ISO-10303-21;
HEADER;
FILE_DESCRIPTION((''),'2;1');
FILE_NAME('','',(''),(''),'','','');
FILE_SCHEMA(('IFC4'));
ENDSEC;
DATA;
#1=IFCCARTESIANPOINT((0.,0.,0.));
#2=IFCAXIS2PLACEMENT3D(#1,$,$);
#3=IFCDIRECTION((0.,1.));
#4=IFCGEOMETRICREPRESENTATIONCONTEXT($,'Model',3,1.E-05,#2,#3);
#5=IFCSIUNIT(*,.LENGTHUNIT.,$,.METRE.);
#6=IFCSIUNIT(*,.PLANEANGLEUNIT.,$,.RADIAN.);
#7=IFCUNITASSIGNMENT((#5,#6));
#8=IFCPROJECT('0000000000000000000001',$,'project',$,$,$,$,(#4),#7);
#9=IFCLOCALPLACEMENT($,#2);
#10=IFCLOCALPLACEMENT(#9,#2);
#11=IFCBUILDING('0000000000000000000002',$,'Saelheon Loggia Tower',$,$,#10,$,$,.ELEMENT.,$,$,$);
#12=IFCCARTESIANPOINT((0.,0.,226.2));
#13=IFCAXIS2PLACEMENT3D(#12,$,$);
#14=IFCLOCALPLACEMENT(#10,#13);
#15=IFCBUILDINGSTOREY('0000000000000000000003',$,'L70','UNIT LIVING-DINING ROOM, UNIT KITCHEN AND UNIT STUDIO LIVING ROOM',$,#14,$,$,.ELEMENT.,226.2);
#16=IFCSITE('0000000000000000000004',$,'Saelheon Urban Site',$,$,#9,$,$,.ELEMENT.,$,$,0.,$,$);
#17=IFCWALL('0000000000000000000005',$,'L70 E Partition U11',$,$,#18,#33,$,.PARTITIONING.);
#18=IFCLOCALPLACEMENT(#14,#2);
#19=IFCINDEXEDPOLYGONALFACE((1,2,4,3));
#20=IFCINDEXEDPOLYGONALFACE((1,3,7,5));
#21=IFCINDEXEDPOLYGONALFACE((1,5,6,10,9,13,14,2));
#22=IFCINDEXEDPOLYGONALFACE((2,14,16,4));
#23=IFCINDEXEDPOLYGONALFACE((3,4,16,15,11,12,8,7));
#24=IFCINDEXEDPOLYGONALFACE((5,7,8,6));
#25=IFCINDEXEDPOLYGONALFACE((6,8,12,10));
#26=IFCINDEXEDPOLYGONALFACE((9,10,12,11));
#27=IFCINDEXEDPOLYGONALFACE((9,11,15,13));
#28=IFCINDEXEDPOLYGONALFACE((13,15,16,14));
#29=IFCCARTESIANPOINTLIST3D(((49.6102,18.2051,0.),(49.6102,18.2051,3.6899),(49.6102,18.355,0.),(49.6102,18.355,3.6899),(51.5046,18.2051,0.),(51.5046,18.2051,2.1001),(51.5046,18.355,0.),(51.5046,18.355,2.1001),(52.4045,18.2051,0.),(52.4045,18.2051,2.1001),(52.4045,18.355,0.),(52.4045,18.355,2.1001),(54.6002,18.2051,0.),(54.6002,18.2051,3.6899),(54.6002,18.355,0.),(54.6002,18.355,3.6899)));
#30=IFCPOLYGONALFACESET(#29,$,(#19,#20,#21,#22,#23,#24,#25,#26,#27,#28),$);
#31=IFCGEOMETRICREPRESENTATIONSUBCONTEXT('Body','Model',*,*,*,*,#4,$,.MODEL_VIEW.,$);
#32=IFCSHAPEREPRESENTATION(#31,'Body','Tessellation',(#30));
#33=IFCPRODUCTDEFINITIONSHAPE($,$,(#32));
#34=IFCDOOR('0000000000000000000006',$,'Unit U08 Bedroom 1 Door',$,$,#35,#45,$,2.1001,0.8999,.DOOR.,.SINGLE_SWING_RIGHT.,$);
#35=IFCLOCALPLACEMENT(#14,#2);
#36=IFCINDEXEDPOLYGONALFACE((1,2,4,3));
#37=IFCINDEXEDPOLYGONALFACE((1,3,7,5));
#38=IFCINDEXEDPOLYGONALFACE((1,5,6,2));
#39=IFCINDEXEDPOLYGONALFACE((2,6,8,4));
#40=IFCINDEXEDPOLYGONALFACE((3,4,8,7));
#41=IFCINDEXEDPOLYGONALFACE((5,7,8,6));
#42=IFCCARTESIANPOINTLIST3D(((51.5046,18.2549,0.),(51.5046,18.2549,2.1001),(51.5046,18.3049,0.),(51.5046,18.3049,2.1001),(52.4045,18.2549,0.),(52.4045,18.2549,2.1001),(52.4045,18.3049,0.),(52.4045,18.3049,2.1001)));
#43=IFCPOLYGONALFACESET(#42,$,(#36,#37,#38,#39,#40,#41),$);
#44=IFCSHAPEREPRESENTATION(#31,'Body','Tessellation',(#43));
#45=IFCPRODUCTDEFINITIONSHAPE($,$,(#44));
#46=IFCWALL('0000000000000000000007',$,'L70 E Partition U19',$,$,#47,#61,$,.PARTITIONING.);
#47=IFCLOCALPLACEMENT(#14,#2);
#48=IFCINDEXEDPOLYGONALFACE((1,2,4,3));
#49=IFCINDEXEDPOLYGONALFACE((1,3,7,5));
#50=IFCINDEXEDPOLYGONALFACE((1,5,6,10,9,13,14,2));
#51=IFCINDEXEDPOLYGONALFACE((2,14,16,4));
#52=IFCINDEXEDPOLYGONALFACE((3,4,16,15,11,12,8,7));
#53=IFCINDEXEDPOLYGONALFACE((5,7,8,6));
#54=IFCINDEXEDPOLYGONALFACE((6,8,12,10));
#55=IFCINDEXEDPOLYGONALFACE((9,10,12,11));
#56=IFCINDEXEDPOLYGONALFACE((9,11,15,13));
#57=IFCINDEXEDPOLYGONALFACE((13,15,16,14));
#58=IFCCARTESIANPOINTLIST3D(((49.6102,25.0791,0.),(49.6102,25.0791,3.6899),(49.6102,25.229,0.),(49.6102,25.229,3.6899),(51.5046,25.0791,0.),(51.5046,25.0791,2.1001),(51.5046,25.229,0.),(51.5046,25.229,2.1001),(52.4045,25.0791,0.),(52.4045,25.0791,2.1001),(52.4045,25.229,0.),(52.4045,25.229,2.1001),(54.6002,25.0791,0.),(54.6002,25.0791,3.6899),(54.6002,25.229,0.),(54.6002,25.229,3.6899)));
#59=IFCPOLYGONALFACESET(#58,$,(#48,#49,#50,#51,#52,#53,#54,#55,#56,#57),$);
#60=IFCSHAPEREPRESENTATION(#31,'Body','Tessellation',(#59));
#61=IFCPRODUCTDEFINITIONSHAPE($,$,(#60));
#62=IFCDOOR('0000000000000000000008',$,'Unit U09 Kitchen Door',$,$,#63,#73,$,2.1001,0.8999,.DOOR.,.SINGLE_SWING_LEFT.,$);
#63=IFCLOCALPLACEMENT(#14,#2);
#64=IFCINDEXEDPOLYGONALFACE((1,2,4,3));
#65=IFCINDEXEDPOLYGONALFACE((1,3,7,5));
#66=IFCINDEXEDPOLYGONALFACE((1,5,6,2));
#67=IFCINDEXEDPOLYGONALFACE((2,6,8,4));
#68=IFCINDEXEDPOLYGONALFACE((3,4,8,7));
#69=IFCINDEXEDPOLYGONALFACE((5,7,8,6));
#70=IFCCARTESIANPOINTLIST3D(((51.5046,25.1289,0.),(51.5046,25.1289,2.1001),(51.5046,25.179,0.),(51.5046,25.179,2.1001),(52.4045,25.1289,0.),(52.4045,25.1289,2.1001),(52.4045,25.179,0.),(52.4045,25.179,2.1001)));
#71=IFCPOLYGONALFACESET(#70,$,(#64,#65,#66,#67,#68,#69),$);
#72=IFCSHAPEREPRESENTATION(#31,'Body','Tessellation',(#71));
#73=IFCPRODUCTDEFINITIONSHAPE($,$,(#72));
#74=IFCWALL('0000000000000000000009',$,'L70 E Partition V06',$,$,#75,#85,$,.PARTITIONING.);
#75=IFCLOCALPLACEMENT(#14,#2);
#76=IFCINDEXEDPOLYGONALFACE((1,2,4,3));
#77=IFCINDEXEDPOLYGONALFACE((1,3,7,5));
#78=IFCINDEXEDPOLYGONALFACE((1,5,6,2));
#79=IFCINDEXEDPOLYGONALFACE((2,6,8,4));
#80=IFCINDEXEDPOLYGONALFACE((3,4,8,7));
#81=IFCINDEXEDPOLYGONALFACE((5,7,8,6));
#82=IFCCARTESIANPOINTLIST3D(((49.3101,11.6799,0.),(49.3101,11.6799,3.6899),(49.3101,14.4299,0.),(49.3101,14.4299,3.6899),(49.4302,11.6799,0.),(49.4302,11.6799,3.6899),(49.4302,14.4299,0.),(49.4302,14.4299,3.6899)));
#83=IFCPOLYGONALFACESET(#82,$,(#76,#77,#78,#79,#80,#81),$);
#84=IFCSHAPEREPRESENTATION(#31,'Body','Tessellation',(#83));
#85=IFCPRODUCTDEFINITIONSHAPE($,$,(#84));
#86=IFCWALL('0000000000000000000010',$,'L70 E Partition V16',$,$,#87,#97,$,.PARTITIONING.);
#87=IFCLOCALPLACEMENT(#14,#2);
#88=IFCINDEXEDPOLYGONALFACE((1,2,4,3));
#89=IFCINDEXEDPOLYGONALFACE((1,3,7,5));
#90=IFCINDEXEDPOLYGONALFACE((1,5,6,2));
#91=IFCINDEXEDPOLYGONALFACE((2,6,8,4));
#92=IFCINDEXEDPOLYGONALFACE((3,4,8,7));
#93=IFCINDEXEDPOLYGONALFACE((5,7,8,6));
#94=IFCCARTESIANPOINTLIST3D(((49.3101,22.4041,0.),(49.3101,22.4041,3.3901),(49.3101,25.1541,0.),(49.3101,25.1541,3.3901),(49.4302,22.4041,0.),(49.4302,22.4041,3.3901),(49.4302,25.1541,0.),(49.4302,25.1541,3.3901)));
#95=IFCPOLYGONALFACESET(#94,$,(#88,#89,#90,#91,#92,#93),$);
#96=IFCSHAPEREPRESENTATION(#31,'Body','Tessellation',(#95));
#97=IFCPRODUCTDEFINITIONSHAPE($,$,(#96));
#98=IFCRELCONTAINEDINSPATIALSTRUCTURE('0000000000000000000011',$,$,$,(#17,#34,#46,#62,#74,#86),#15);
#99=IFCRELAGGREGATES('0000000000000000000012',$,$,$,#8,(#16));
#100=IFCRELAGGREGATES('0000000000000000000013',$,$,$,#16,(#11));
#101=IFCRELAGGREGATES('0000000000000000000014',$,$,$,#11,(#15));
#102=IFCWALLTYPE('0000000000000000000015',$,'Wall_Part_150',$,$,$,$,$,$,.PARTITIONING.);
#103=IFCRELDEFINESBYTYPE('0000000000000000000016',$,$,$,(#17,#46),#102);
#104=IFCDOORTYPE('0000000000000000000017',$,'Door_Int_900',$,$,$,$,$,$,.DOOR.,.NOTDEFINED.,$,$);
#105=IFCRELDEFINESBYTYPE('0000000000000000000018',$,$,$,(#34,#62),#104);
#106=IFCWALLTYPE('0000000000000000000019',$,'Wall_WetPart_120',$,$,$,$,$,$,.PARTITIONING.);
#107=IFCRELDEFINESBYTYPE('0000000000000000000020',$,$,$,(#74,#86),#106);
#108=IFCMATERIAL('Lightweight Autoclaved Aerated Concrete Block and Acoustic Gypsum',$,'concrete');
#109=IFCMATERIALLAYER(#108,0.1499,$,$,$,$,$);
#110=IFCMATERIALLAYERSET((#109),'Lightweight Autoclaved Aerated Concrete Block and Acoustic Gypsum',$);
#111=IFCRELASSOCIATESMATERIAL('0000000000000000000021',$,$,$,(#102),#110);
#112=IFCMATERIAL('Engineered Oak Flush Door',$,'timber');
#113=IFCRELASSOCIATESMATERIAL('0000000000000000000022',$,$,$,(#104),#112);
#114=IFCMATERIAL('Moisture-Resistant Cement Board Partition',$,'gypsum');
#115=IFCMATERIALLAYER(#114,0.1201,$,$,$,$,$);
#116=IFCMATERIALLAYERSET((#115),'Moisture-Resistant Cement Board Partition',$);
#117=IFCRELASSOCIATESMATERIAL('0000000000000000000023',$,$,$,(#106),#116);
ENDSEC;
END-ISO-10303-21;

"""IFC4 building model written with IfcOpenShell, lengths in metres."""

from ifc_helpers import new_model, si_unit, direction, frame, frame_2d, origin, place, context, subcontext, project, spatial, rectangle, extrude, source, transform, mapped, material, layer, layer_set, type_object, element, fill, save


model = new_model("IFC4")

# Units and contexts
model_context = context("Model", 3, precision=1e-05, world=origin(), true_north=direction((0.0, 1.0)))
body_context = subcontext(model_context, "Body", "Model", "MODEL_VIEW")
ifc_project = project(units=[si_unit("LENGTHUNIT", "METRE"), si_unit("PLANEANGLEUNIT", "RADIAN")], contexts=[model_context])

# Site, building, storey
site_placement = place(None, origin())
site = spatial("IfcSite", under=ifc_project, at=site_placement, Name="Saelheon Urban Site", CompositionType="ELEMENT", RefElevation=0.0)
building_placement = place(site_placement, origin())
building = spatial("IfcBuilding", under=site, at=building_placement, Name="Saelheon Loggia Tower", CompositionType="ELEMENT")
storey_placement = place(building_placement, frame((0.0, 0.0, 226.2)))
storey = spatial("IfcBuildingStorey", under=building, at=storey_placement, Name="L70", Description="UNIT LIVING-DINING ROOM, UNIT KITCHEN AND UNIT STUDIO LIVING ROOM", CompositionType="ELEMENT", Elevation=226.2)

# Shared definitions
ifc_material_1 = material(Name="Lightweight Autoclaved Aerated Concrete Block and Acoustic Gypsum", Category="concrete")
ifc_layer_1 = layer(ifc_material_1, 0.1499)
ifc_layer_set_1 = layer_set([ifc_layer_1], Name="Lightweight Autoclaved Aerated Concrete Block and Acoustic Gypsum")
wall_type_1 = type_object("IfcWallType", Name="Wall_Part_150", PredefinedType="PARTITIONING", material=ifc_layer_set_1)

# Walls, openings, doors
ifc_material_2 = material(Name="Engineered Oak Flush Door", Category="timber")
door_type = type_object("IfcDoorType", Name="Door_Int_900", OperationType="NOTDEFINED", PredefinedType="DOOR", material=ifc_material_2)
shared_shape_1 = source(origin(), body_context, "Body", "SweptSolid", [
    extrude(rectangle(XDim=0.8999, YDim=2.1001, at=frame_2d((0.45, 1.05))), frame((0.0, 0.0249, 0.0), z_axis=(0.0, -1.0, 0.0), x_axis=(1.0, 0.0, 0.0)), (0.0, 0.0, 1.0), 0.05),
])
wall_1_placement = place(storey_placement, frame((49.6101, 18.28, 0.0), z_axis=(0.0, 0.0, 1.0), x_axis=(1.0, 0.0, 0.0)))
wall_1 = element("IfcWall", 1, at=wall_1_placement, inside=storey, type_object=wall_type_1, Name="L70 E Partition U11", PredefinedType="PARTITIONING", context=body_context, shape_type="SweptSolid", body=[
    extrude(rectangle(XDim=4.99, YDim=0.1499, at=frame_2d((2.4951, 0.0))), origin(), (0.0, 0.0, 1.0), 3.6899),
])
opening_1_placement = place(wall_1_placement, frame((1.8945, 0.0, 0.0)))
opening_1 = element("IfcOpeningElement", 2, at=opening_1_placement, cuts=wall_1, PredefinedType="OPENING", context=body_context, shape_type="SweptSolid", body=[
    extrude(rectangle(XDim=0.8999, YDim=2.1001, at=frame_2d((0.45, 1.05))), frame((0.0, 0.0869, 0.0), z_axis=(0.0, -1.0, 0.0), x_axis=(1.0, 0.0, 0.0)), (0.0, 0.0, 1.0), 0.1738),
])
door_1_placement = place(opening_1_placement, origin())
door_1 = element("IfcDoor", 3, at=door_1_placement, inside=storey, type_object=door_type, Name="Unit U08 Bedroom 1 Door", OperationType="SINGLE_SWING_RIGHT", OverallHeight=2.1001, OverallWidth=0.8999, PredefinedType="DOOR", context=body_context, shape_type="MappedRepresentation", body=[
    mapped(shared_shape_1, transform((0.0, 0.0, 0.0), scale=1.0)),
])
fill(opening_1, door_1)
wall_2_placement = place(storey_placement, frame((49.6101, 25.1541, 0.0), z_axis=(0.0, 0.0, 1.0), x_axis=(1.0, 0.0, 0.0)))
wall_2 = element("IfcWall", 4, at=wall_2_placement, inside=storey, type_object=wall_type_1, Name="L70 E Partition U19", PredefinedType="PARTITIONING", context=body_context, shape_type="SweptSolid", body=[
    extrude(rectangle(XDim=4.99, YDim=0.1499, at=frame_2d((2.4951, 0.0))), origin(), (0.0, 0.0, 1.0), 3.6899),
])
opening_2_placement = place(wall_2_placement, frame((1.8945, 0.0, 0.0)))
opening_2 = element("IfcOpeningElement", 5, at=opening_2_placement, cuts=wall_2, PredefinedType="OPENING", context=body_context, shape_type="SweptSolid", body=[
    extrude(rectangle(XDim=0.8999, YDim=2.1001, at=frame_2d((0.45, 1.05))), frame((0.0, 0.0869, 0.0), z_axis=(0.0, -1.0, 0.0), x_axis=(1.0, 0.0, 0.0)), (0.0, 0.0, 1.0), 0.1738),
])
door_2_placement = place(opening_2_placement, origin())
door_2 = element("IfcDoor", 6, at=door_2_placement, inside=storey, type_object=door_type, Name="Unit U09 Kitchen Door", OperationType="SINGLE_SWING_LEFT", OverallHeight=2.1001, OverallWidth=0.8999, PredefinedType="DOOR", context=body_context, shape_type="MappedRepresentation", body=[
    mapped(shared_shape_1, transform((0.0, 0.0, 0.0), scale=1.0)),
])
fill(opening_2, door_2)

# Walls
ifc_material_3 = material(Name="Moisture-Resistant Cement Board Partition", Category="gypsum")
ifc_layer_2 = layer(ifc_material_3, 0.1201)
ifc_layer_set_2 = layer_set([ifc_layer_2], Name="Moisture-Resistant Cement Board Partition")
wall_type_2 = type_object("IfcWallType", Name="Wall_WetPart_120", PredefinedType="PARTITIONING", material=ifc_layer_set_2)
wall_3_placement = place(storey_placement, frame((49.3701, 11.6799, 0.0), z_axis=(0.0, 0.0, 1.0), x_axis=(0.0, 1.0, 0.0)))
element("IfcWall", 7, at=wall_3_placement, inside=storey, type_object=wall_type_2, Name="L70 E Partition V06", PredefinedType="PARTITIONING", context=body_context, shape_type="SweptSolid", body=[
    extrude(rectangle(XDim=2.75, YDim=0.1201, at=frame_2d((1.375, 0.0))), origin(), (0.0, 0.0, 1.0), 3.6899),
])
wall_4_placement = place(storey_placement, frame((49.3701, 22.4041, 0.0), z_axis=(0.0, 0.0, 1.0), x_axis=(0.0, 1.0, 0.0)))
element("IfcWall", 8, at=wall_4_placement, inside=storey, type_object=wall_type_2, Name="L70 E Partition V16", PredefinedType="PARTITIONING", context=body_context, shape_type="SweptSolid", body=[
    extrude(rectangle(XDim=2.75, YDim=0.1201, at=frame_2d((1.375, 0.0))), origin(), (0.0, 0.0, 1.0), 3.3901),
])

save(model, "model.ifc")
